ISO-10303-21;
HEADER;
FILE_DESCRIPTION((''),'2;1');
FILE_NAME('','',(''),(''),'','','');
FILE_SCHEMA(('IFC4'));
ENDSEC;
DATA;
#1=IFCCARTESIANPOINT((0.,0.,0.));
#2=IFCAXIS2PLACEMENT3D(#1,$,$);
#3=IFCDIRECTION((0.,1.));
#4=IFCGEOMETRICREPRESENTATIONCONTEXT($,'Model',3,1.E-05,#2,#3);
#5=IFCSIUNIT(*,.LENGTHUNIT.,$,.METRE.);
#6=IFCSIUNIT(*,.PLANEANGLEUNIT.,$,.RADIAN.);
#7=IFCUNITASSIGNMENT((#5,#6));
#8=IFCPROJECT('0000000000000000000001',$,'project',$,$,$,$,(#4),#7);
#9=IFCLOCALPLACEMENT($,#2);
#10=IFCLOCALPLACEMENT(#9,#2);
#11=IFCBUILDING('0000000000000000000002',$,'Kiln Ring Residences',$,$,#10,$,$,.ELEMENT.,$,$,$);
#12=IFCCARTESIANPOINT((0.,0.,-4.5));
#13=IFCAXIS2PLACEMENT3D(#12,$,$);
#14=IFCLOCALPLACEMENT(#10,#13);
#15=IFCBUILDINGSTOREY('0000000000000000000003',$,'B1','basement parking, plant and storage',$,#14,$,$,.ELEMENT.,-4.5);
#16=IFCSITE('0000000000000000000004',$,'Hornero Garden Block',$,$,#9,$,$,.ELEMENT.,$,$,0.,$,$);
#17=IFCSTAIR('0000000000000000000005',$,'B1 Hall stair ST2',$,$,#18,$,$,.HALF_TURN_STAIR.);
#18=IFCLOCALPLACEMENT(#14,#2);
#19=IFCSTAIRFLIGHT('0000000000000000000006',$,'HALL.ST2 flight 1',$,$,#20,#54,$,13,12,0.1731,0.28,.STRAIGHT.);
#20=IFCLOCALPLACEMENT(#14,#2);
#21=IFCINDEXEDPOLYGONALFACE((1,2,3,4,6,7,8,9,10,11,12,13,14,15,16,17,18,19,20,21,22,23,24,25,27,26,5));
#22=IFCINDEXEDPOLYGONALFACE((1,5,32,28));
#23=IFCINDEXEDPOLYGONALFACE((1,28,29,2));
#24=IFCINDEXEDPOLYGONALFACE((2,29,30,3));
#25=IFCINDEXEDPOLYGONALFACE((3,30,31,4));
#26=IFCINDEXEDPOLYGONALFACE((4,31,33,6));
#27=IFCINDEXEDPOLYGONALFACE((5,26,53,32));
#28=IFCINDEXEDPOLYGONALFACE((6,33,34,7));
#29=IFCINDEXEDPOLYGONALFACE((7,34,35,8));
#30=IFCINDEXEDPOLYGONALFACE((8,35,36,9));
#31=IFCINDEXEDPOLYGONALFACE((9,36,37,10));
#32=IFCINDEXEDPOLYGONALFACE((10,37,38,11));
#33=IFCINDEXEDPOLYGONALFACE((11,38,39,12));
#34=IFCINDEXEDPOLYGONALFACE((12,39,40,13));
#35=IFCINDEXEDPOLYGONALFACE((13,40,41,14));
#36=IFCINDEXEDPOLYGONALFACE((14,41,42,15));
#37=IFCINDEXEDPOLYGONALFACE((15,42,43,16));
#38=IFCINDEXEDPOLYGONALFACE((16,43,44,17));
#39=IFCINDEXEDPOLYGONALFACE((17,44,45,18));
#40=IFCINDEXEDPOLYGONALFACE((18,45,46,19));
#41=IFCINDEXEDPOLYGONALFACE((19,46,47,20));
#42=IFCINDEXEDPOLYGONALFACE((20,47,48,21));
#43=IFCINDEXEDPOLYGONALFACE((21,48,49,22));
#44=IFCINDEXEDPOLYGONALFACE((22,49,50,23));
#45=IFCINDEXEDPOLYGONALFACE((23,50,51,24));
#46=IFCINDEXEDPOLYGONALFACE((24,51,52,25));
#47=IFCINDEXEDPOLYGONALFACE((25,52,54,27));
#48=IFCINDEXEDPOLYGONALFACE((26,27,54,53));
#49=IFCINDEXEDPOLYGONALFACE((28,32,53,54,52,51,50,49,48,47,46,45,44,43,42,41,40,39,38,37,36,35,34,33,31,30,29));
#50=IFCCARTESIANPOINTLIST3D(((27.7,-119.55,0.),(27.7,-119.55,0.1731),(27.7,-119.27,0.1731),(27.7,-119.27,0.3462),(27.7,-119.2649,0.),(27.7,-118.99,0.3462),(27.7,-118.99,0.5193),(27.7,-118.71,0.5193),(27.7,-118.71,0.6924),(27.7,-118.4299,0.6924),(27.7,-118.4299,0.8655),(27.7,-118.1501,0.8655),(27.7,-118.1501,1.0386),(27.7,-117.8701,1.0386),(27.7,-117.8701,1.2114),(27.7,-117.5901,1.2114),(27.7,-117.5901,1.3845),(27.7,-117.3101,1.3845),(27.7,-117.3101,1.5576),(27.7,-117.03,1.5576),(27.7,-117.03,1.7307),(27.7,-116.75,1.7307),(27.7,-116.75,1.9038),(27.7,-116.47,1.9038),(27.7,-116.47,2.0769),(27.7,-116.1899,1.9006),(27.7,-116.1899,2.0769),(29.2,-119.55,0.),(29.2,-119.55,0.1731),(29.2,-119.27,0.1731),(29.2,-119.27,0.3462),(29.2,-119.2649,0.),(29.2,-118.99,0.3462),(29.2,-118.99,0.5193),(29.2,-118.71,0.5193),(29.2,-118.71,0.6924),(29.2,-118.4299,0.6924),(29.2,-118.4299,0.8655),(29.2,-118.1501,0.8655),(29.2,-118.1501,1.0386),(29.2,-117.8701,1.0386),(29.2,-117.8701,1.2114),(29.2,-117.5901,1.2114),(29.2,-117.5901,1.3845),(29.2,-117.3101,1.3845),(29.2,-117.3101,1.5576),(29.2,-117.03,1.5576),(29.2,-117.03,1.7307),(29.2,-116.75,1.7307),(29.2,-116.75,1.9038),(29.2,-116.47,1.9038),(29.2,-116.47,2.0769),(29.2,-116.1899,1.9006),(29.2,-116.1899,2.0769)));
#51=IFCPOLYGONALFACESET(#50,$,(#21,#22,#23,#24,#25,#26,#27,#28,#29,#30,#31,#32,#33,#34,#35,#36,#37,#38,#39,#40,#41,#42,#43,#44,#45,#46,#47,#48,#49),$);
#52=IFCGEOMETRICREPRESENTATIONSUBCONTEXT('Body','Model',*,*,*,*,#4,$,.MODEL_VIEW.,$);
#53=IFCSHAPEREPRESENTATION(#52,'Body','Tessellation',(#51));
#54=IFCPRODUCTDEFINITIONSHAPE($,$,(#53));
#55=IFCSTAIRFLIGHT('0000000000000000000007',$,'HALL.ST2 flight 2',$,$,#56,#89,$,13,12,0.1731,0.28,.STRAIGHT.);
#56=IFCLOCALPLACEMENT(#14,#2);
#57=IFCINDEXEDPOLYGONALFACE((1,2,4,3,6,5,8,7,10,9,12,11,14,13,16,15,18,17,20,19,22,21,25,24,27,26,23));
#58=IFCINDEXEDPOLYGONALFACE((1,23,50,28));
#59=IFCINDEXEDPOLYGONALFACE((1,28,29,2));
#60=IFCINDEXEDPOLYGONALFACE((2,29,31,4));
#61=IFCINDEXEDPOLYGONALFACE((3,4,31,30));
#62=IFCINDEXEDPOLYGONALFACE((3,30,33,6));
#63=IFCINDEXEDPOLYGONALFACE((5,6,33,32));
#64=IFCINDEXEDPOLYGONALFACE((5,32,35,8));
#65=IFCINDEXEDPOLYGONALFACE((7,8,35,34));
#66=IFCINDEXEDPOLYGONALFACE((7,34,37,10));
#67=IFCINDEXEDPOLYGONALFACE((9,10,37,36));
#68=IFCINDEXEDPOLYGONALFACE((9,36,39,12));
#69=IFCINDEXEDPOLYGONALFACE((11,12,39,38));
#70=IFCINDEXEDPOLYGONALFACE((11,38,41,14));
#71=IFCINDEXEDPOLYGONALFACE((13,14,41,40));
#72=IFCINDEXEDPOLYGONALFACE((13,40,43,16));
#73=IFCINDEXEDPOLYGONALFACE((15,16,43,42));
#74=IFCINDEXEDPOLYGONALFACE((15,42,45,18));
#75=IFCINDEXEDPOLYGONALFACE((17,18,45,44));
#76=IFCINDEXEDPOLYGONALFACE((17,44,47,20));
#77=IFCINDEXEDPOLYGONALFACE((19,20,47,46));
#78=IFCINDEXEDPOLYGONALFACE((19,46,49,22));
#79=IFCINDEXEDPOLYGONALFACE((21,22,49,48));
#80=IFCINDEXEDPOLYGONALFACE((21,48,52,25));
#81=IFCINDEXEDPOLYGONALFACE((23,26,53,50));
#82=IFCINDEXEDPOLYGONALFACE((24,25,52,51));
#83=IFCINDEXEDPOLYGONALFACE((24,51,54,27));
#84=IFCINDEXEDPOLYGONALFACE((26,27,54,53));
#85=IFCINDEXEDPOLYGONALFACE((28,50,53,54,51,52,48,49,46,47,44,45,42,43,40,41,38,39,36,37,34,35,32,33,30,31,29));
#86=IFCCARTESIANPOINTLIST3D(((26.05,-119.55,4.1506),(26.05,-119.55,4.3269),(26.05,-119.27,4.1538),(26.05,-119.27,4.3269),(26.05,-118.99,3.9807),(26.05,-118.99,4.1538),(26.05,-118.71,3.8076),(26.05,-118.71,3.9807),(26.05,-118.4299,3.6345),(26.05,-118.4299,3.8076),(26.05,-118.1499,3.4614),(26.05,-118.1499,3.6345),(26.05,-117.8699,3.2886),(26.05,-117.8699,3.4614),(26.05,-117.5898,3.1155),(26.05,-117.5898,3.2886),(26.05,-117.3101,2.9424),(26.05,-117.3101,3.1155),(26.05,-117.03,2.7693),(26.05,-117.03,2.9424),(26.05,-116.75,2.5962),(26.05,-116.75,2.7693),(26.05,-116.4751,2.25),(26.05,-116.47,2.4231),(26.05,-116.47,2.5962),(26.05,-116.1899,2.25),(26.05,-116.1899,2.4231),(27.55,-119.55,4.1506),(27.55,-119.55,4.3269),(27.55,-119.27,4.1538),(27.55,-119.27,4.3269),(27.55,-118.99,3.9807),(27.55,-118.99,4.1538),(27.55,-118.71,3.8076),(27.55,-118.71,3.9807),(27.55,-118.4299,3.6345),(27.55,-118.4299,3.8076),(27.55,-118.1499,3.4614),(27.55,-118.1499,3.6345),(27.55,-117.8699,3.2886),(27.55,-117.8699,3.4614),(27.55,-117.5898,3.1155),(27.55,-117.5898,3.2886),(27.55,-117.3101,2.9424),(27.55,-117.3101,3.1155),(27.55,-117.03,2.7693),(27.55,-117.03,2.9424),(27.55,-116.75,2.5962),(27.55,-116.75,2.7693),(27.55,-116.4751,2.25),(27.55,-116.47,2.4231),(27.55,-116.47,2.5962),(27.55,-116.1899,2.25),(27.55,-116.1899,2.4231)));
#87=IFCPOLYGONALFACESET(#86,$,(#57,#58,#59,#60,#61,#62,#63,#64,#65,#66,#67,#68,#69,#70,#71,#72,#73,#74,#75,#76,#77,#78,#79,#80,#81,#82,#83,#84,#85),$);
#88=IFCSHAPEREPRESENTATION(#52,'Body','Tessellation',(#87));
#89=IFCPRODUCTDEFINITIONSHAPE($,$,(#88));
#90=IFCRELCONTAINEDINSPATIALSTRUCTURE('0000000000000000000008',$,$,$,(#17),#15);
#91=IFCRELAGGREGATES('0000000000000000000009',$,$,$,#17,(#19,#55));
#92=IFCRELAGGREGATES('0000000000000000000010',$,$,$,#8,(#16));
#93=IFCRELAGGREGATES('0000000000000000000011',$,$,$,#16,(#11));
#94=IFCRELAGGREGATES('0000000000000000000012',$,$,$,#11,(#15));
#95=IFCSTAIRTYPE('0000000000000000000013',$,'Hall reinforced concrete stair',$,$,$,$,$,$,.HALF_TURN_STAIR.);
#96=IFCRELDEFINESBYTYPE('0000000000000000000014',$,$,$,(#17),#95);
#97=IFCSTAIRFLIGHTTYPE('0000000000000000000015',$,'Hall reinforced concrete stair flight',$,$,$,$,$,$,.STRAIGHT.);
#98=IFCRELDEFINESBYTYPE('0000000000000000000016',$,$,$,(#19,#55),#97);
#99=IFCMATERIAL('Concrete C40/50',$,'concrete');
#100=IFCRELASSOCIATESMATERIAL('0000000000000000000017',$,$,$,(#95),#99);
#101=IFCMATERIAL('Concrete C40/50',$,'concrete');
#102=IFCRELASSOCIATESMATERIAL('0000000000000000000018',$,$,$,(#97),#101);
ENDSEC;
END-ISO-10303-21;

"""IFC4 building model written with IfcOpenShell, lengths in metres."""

from ifc_helpers import new_model, si_unit, direction, frame, origin, place, context, subcontext, project, spatial, polyline, outline, extrude, material, type_object, element, aggregate, save


model = new_model("IFC4")

# Units and contexts
model_context = context("Model", 3, precision=1e-05, world=origin(), true_north=direction((0.0, 1.0)))
body_context = subcontext(model_context, "Body", "Model", "MODEL_VIEW")
ifc_project = project(units=[si_unit("LENGTHUNIT", "METRE"), si_unit("PLANEANGLEUNIT", "RADIAN")], contexts=[model_context])

# Site, building, storey
site_placement = place(None, origin())
site = spatial("IfcSite", under=ifc_project, at=site_placement, Name="Hornero Garden Block", CompositionType="ELEMENT", RefElevation=0.0)
building_placement = place(site_placement, origin())
building = spatial("IfcBuilding", under=site, at=building_placement, Name="Kiln Ring Residences", CompositionType="ELEMENT")
storey_placement = place(building_placement, frame((0.0, 0.0, -4.5)))
storey = spatial("IfcBuildingStorey", under=building, at=storey_placement, Name="B1", Description="basement parking, plant and storage", CompositionType="ELEMENT", Elevation=-4.5)

# Stair, stair flights
ifc_material_1 = material(Name="Concrete C40/50", Category="concrete")
stair_type = type_object("IfcStairType", Name="Hall reinforced concrete stair", PredefinedType="HALF_TURN_STAIR", material=ifc_material_1)
stair_placement = place(storey_placement, origin())
stair = element("IfcStair", 1, at=stair_placement, inside=storey, type_object=stair_type, Name="B1 Hall stair ST2", PredefinedType="HALF_TURN_STAIR")
ifc_material_2 = material(Name="Concrete C40/50", Category="concrete")
stair_flight_type = type_object("IfcStairFlightType", Name="Hall reinforced concrete stair flight", PredefinedType="STRAIGHT", material=ifc_material_2)
stair_flight_1_placement = place(storey_placement, frame((28.45, -119.55, 0.0), z_axis=(0.0, 0.0, 1.0), x_axis=(0.0, 1.0, 0.0)))
stair_flight_1 = element("IfcStairFlight", 2, at=stair_flight_1_placement, type_object=stair_flight_type, Name="HALL.ST2 flight 1", NumberOfRisers=13, NumberOfTreads=12, PredefinedType="STRAIGHT", RiserHeight=0.1731, TreadLength=0.28, context=body_context, shape_type="SweptSolid", body=[
    extrude(outline(polyline([(0.0, 0.0), (0.0, 0.1731), (0.28, 0.1731), (0.28, 0.3462), (0.5601, 0.3462), (0.5601, 0.5193), (0.8401, 0.5193), (0.8401, 0.6924), (1.1201, 0.6924), (1.1201, 0.8655), (1.3999, 0.8655), (1.3999, 1.0386), (1.6799, 1.0386), (1.6799, 1.2114), (1.96, 1.2114), (1.96, 1.3845), (2.24, 1.3845), (2.24, 1.5576), (2.52, 1.5576), (2.52, 1.7307), (2.8, 1.7307), (2.8, 1.9038), (3.0801, 1.9038), (3.0801, 2.0769), (3.3601, 2.0769), (3.3601, 2.25), (3.3601, 1.9006), (0.2852, 0.0), (0.0, 0.0)])), frame((0.0, 0.75, 0.0), z_axis=(0.0, -1.0, 0.0), x_axis=(1.0, 0.0, 0.0)), (0.0, 0.0, 1.0), 1.5),
])
stair_flight_2_placement = place(storey_placement, frame((26.8, -116.1899, 2.25), z_axis=(0.0, 0.0, 1.0), x_axis=(0.0, -1.0, 0.0)))
stair_flight_2 = element("IfcStairFlight", 3, at=stair_flight_2_placement, type_object=stair_flight_type, Name="HALL.ST2 flight 2", NumberOfRisers=13, NumberOfTreads=12, PredefinedType="STRAIGHT", RiserHeight=0.1731, TreadLength=0.28, context=body_context, shape_type="SweptSolid", body=[
    extrude(outline(polyline([(0.0, 0.0), (0.0, 0.1731), (0.28, 0.1731), (0.28, 0.3462), (0.5601, 0.3462), (0.5601, 0.5193), (0.8401, 0.5193), (0.8401, 0.6924), (1.1201, 0.6924), (1.1201, 0.8655), (1.3999, 0.8655), (1.3999, 1.0386), (1.6799, 1.0386), (1.6799, 1.2114), (1.96, 1.2114), (1.96, 1.3845), (2.24, 1.3845), (2.24, 1.5576), (2.52, 1.5576), (2.52, 1.7307), (2.8, 1.7307), (2.8, 1.9038), (3.0801, 1.9038), (3.0801, 2.0769), (3.3601, 2.0769), (3.3601, 2.25), (3.3601, 1.9006), (0.2852, 0.0), (0.0, 0.0)])), frame((0.0, 0.75, 0.0), z_axis=(0.0, -1.0, 0.0), x_axis=(1.0, 0.0, 0.0)), (0.0, 0.0, 1.0), 1.5),
])
aggregate(stair, [stair_flight_1, stair_flight_2])

save(model, "model.ifc")
